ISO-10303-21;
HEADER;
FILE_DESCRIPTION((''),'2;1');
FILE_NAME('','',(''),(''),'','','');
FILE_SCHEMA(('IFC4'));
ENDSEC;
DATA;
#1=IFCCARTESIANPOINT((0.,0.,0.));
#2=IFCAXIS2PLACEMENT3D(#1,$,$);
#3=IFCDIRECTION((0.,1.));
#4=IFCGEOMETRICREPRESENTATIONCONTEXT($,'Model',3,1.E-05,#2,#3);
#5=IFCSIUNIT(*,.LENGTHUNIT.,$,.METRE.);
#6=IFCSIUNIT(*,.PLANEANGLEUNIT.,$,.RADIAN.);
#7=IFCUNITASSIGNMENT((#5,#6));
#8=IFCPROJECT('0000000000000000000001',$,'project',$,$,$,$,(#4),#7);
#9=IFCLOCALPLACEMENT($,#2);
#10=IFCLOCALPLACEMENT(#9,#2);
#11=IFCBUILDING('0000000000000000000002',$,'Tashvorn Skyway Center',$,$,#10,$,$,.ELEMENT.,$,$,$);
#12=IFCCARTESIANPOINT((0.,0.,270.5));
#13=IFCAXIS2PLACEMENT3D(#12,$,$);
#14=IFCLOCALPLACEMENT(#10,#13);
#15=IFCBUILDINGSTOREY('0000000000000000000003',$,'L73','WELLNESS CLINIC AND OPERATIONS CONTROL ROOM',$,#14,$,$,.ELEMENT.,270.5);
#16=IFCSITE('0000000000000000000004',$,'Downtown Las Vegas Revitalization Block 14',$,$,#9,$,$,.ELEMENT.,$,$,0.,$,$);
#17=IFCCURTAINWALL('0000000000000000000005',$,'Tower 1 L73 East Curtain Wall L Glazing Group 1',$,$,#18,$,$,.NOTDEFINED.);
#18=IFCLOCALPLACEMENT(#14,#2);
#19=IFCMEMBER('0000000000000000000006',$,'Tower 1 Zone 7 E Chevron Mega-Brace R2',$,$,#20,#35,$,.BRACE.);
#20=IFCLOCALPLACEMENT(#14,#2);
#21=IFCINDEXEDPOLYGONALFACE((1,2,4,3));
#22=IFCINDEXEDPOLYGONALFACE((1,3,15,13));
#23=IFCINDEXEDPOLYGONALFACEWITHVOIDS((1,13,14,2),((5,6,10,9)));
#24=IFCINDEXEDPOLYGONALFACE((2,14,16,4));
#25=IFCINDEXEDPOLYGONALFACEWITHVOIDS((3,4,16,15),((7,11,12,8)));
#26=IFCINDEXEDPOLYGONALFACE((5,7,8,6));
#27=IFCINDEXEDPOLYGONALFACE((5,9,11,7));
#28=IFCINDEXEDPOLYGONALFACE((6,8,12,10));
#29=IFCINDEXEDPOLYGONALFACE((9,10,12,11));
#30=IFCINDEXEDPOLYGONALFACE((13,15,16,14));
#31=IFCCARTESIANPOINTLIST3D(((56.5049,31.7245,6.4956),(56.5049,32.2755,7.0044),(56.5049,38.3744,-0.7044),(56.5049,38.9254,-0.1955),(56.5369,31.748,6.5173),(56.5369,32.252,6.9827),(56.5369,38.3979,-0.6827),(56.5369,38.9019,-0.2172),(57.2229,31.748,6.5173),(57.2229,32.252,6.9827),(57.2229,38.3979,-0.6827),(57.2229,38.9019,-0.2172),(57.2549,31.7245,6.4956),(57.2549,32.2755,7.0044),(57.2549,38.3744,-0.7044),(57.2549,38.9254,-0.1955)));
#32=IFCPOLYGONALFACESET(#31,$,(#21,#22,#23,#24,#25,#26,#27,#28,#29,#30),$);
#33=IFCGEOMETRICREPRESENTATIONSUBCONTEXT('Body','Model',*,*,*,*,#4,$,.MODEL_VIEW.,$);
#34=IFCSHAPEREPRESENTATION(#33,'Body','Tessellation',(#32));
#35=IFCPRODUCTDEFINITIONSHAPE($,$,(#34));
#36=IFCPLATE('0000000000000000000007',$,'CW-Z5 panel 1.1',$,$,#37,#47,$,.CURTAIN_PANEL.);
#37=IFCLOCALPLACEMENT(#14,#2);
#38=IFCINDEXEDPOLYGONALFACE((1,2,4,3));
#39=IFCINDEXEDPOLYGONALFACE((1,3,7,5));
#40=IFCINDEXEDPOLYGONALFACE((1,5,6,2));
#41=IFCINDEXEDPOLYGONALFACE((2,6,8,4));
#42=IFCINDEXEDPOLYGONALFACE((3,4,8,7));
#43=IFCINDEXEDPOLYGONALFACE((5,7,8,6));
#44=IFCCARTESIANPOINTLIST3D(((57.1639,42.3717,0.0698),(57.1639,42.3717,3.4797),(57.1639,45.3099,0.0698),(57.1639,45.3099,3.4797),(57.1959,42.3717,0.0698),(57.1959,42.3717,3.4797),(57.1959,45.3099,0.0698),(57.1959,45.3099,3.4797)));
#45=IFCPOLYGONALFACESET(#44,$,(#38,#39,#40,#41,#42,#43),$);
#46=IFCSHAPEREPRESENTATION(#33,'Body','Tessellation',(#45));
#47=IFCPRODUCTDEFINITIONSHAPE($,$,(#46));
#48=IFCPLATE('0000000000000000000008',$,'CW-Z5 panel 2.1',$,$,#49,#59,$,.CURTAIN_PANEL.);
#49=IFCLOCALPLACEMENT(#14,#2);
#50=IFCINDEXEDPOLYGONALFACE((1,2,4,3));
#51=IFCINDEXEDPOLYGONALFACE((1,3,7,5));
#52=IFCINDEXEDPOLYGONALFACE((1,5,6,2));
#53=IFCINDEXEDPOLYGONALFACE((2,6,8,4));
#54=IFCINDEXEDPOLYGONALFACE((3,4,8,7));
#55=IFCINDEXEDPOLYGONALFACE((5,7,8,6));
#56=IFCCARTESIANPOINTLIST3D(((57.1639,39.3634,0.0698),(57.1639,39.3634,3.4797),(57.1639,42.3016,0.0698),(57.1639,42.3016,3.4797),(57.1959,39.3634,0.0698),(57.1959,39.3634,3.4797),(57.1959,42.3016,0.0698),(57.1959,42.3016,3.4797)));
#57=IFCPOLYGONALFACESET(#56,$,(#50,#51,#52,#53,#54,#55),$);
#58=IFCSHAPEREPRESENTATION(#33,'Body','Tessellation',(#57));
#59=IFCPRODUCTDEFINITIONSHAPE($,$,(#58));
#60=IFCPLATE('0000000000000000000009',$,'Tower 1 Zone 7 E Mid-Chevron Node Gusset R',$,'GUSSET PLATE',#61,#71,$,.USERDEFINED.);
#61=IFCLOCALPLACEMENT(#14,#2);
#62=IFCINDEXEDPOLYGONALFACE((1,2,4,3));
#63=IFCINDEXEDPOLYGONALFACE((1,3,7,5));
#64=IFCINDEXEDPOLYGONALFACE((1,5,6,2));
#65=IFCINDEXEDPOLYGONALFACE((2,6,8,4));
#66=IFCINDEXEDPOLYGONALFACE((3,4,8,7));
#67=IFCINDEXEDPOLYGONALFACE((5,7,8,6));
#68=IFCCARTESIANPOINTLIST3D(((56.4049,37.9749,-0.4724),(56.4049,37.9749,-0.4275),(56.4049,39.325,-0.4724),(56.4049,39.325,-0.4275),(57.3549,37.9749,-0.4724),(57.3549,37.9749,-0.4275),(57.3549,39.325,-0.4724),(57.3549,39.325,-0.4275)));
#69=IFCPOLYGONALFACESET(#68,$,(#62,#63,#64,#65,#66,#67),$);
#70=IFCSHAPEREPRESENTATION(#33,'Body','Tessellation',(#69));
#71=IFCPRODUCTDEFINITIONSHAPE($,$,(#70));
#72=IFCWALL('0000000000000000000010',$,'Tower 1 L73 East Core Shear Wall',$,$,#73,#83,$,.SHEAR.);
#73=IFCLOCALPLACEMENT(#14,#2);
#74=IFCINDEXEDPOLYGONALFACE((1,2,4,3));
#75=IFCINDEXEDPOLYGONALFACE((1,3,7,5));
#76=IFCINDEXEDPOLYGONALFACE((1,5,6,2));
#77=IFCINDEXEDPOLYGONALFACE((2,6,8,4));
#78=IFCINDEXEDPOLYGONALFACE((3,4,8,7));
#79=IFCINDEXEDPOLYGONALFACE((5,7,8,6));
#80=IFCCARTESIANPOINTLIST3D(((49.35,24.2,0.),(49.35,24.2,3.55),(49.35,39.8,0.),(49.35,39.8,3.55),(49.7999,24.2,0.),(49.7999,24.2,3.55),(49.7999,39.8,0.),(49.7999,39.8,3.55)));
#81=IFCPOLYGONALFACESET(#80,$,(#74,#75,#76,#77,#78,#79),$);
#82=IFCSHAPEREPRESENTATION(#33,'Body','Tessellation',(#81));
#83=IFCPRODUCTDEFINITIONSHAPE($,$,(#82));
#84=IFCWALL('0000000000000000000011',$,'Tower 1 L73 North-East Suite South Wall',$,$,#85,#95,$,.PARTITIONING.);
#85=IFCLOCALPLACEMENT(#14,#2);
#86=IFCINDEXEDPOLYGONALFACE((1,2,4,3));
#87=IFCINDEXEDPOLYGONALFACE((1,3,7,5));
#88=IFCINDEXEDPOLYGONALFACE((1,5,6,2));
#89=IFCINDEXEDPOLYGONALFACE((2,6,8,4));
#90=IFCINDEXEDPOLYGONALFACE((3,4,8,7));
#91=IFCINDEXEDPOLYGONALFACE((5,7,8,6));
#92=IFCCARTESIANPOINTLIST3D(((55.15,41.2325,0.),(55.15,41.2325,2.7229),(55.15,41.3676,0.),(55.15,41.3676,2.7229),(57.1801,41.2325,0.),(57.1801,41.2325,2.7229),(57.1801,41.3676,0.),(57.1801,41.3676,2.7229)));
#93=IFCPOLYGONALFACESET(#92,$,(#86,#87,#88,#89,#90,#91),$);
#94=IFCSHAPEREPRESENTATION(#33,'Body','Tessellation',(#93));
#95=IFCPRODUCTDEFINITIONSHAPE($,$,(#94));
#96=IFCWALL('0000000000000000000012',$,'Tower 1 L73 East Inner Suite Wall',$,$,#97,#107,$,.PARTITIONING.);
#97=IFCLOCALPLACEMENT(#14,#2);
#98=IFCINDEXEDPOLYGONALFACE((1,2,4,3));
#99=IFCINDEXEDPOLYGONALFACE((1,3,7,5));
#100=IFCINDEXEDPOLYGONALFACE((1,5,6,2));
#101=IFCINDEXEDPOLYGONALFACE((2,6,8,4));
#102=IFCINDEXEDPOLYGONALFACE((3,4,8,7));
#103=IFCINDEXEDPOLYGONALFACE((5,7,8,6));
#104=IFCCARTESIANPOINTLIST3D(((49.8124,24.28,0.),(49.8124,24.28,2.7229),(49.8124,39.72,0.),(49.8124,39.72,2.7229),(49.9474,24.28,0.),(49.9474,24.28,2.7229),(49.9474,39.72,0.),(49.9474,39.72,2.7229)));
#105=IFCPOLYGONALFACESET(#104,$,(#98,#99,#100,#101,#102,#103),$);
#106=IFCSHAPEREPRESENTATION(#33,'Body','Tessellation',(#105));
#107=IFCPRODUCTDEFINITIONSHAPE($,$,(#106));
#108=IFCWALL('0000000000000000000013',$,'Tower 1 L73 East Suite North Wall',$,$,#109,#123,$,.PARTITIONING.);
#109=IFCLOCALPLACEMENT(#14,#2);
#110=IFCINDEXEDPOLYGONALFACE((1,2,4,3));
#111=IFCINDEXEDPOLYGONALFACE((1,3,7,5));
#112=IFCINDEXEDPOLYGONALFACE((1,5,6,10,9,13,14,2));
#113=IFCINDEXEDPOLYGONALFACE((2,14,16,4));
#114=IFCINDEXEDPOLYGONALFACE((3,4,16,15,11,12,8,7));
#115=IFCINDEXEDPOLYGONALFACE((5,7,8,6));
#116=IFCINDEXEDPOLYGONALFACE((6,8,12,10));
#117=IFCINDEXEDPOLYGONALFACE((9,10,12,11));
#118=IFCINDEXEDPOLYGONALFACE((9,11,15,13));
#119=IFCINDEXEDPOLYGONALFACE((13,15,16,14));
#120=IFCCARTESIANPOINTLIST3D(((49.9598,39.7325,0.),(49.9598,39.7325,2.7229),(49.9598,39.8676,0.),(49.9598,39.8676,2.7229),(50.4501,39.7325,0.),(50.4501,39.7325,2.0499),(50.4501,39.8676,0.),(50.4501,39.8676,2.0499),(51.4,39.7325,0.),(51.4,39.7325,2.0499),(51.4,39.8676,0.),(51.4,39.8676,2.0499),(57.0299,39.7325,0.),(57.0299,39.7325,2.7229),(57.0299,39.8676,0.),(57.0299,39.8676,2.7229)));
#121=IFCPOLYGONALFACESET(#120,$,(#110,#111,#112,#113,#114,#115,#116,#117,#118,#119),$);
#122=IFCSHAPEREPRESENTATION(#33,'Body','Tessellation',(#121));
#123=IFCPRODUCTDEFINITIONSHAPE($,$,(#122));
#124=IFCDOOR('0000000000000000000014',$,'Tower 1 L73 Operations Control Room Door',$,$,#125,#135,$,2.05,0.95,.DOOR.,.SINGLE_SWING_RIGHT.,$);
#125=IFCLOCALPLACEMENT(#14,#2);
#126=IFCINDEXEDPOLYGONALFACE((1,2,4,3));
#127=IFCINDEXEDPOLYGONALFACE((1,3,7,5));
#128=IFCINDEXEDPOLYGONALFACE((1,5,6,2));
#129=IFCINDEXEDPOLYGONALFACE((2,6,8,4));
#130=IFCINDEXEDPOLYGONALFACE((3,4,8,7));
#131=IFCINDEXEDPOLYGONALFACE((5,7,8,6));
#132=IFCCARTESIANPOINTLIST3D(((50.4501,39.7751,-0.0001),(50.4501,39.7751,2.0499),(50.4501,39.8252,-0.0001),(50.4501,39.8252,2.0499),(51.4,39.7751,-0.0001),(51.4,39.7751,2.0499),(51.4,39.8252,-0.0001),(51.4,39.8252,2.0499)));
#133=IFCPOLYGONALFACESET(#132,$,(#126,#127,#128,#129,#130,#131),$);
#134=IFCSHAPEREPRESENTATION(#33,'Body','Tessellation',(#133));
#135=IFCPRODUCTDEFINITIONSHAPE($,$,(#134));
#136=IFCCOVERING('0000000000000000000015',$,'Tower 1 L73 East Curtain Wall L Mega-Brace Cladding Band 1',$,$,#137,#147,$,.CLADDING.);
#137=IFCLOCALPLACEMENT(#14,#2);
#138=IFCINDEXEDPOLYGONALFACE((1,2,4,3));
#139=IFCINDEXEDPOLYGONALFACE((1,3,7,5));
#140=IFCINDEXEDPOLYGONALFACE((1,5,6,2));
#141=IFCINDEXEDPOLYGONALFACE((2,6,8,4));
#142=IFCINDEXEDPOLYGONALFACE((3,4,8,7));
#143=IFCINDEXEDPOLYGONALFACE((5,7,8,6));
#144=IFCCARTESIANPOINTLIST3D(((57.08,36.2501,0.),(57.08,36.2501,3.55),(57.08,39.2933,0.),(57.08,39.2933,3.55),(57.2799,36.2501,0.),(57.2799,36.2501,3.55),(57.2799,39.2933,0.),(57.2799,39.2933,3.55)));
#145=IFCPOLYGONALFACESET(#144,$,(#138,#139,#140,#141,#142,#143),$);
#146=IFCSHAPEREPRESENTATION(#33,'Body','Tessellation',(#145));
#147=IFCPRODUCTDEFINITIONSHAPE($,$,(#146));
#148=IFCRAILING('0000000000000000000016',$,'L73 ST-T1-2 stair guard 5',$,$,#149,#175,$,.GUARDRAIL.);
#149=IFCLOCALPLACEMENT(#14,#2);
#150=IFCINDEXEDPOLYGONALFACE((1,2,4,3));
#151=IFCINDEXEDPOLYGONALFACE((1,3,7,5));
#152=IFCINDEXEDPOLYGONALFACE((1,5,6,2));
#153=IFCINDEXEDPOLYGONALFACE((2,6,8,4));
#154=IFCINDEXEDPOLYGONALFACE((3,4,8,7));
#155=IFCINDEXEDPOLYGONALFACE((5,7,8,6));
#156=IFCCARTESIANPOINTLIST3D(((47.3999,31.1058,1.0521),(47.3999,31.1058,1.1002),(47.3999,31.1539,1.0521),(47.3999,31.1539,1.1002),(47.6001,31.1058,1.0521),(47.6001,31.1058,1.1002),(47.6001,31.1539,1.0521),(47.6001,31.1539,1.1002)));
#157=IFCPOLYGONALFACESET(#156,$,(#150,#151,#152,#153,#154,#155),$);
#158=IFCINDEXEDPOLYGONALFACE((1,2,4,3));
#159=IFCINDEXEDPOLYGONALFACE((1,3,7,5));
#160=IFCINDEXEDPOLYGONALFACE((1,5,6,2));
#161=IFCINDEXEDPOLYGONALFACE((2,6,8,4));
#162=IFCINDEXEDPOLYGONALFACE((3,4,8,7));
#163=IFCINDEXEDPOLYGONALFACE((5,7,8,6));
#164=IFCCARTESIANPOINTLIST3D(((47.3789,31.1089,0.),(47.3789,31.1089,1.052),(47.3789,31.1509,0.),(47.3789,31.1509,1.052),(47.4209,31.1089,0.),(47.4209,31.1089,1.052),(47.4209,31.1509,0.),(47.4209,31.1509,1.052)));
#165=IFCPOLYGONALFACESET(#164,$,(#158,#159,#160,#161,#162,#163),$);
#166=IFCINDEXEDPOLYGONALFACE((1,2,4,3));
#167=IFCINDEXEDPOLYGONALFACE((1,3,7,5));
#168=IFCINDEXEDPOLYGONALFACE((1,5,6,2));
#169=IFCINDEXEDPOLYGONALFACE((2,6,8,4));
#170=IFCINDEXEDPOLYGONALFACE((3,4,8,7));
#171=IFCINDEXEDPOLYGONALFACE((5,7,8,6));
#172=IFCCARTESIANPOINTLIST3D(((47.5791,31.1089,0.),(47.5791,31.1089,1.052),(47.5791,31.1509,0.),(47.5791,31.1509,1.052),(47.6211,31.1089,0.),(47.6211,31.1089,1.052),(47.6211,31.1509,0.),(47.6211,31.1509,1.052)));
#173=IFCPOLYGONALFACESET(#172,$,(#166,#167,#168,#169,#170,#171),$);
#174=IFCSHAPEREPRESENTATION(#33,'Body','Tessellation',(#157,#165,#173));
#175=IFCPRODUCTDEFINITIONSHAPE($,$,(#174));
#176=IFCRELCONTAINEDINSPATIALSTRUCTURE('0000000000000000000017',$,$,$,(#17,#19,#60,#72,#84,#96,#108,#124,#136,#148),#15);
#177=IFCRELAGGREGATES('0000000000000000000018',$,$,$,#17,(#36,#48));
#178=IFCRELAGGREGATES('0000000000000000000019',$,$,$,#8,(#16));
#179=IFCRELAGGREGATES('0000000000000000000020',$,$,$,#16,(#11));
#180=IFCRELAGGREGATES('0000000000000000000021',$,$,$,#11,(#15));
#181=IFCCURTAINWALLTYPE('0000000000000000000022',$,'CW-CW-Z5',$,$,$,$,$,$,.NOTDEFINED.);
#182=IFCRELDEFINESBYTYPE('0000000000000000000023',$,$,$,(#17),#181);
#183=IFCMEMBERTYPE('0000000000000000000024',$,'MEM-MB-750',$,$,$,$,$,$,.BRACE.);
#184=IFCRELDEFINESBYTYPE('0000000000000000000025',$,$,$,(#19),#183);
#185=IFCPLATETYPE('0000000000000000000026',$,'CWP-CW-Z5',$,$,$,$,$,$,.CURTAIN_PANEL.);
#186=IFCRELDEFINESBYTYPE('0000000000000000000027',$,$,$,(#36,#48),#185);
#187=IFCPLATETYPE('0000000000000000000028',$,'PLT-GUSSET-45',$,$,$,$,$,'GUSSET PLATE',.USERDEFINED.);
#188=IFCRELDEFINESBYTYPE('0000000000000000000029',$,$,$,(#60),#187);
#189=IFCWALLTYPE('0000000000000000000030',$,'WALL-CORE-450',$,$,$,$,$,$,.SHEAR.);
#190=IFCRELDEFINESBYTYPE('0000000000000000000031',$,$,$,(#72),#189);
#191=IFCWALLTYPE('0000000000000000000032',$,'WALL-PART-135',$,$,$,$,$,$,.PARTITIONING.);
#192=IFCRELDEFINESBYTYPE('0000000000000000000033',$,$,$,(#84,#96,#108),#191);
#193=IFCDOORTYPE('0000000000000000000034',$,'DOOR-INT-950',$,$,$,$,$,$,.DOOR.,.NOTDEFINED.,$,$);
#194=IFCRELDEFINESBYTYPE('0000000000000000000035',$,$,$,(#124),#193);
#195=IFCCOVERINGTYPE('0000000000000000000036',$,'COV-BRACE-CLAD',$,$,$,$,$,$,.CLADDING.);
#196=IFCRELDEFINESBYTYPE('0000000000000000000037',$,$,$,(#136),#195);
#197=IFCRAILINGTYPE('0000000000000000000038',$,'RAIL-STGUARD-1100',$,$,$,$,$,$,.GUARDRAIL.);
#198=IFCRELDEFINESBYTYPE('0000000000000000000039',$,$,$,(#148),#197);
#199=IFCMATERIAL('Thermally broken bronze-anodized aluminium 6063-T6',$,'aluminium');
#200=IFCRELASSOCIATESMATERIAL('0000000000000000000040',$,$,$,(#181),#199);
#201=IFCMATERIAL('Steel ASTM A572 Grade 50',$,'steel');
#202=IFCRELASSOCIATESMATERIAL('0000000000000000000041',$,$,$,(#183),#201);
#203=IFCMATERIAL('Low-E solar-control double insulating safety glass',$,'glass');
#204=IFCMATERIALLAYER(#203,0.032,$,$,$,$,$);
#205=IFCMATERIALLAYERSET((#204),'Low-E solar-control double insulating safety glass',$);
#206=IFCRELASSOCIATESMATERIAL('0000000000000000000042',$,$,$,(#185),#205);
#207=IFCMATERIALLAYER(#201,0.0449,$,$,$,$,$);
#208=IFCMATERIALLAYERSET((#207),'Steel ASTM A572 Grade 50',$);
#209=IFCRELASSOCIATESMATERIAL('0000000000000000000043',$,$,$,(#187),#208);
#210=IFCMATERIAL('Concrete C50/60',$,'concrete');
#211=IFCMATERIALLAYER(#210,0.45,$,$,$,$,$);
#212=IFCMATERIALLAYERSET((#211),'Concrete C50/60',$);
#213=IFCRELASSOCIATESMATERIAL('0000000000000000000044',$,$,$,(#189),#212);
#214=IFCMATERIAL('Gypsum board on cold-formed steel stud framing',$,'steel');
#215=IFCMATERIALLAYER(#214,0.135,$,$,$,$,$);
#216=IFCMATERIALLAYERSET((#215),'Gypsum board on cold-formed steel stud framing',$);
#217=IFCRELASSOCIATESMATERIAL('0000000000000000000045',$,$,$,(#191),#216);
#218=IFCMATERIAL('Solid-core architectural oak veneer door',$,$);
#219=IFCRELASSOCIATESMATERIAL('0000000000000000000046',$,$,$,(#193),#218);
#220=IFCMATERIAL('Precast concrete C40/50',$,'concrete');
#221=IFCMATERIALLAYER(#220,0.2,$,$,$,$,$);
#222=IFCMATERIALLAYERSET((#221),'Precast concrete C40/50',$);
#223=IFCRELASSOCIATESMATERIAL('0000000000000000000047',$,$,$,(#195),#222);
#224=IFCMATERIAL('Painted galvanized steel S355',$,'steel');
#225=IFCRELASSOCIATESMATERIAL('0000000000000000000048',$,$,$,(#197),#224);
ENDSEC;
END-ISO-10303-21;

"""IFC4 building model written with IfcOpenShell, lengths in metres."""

from ifc_helpers import new_model, si_unit, direction, frame, frame_2d, origin, origin_2d, place, context, subcontext, project, spatial, rectangle, hollow_rectangle, extrude, material, layer, layer_set, material_profile, profile_set, type_object, element, fill, aggregate, save


model = new_model("IFC4")

# Units and contexts
model_context = context("Model", 3, precision=1e-05, world=origin(), true_north=direction((0.0, 1.0)))
body_context = subcontext(model_context, "Body", "Model", "MODEL_VIEW")
ifc_project = project(units=[si_unit("LENGTHUNIT", "METRE"), si_unit("PLANEANGLEUNIT", "RADIAN")], contexts=[model_context])

# Site, building, storey
site_placement = place(None, origin())
site = spatial("IfcSite", under=ifc_project, at=site_placement, Name="Downtown Las Vegas Revitalization Block 14", CompositionType="ELEMENT", RefElevation=0.0)
building_placement = place(site_placement, origin())
building = spatial("IfcBuilding", under=site, at=building_placement, Name="Tashvorn Skyway Center", CompositionType="ELEMENT")
storey_placement = place(building_placement, frame((0.0, 0.0, 270.5)))
storey = spatial("IfcBuildingStorey", under=building, at=storey_placement, Name="L73", Description="WELLNESS CLINIC AND OPERATIONS CONTROL ROOM", CompositionType="ELEMENT", Elevation=270.5)

# Shared definitions
ifc_material_1 = material(Name="Steel ASTM A572 Grade 50", Category="steel")

# Curtain wall
ifc_material_2 = material(Name="Thermally broken bronze-anodized aluminium 6063-T6", Category="aluminium")
curtain_wall_type = type_object("IfcCurtainWallType", Name="CW-CW-Z5", PredefinedType="NOTDEFINED", material=ifc_material_2)
curtain_wall_placement = place(storey_placement, origin())
curtain_wall = element("IfcCurtainWall", 1, at=curtain_wall_placement, inside=storey, type_object=curtain_wall_type, Name="Tower 1 L73 East Curtain Wall L Glazing Group 1", PredefinedType="NOTDEFINED")

# Member
ifc_material_profile_1 = material_profile(ifc_material_1, hollow_rectangle(XDim=0.75, YDim=0.75, WallThickness=0.032, at=origin_2d()), Name="BOX750x750x32")
ifc_profile_set_1 = profile_set([ifc_material_profile_1], Name="Steel ASTM A572 Grade 50")
member_type_1 = type_object("IfcMemberType", Name="MEM-MB-750", PredefinedType="BRACE", material=ifc_profile_set_1)
member_1_placement = place(storey_placement, frame((56.8799, 38.6499, -0.45), z_axis=(0.0, -0.678489, 0.734611), x_axis=(1.0, 0.0, 0.0)))
element("IfcMember", 2, at=member_1_placement, inside=storey, type_object=member_type_1, Name="Tower 1 Zone 7 E Chevron Mega-Brace R2", PredefinedType="BRACE", context=body_context, shape_type="SweptSolid", body=[
    extrude(hollow_rectangle(XDim=0.75, YDim=0.75, WallThickness=0.032, at=origin_2d()), origin(), (0.0, 0.0, 1.0), 9.801),
])

# Plates
ifc_material_3 = material(Name="Low-E solar-control double insulating safety glass", Category="glass")
ifc_layer_1 = layer(ifc_material_3, 0.032)
ifc_layer_set_1 = layer_set([ifc_layer_1], Name="Low-E solar-control double insulating safety glass")
plate_type_1 = type_object("IfcPlateType", Name="CWP-CW-Z5", PredefinedType="CURTAIN_PANEL", material=ifc_layer_set_1)
plate_1_placement = place(storey_placement, frame((57.1799, 43.8408, 0.0698), z_axis=(0.0, 0.0, 1.0), x_axis=(0.0, -1.0, 0.0)))
plate_1 = element("IfcPlate", 3, at=plate_1_placement, type_object=plate_type_1, Name="CW-Z5 panel 1.1", PredefinedType="CURTAIN_PANEL", context=body_context, shape_type="SweptSolid", body=[
    extrude(rectangle(XDim=2.9382, YDim=0.032, at=origin_2d()), origin(), (0.0, 0.0, 1.0), 3.4099),
])
plate_2_placement = place(storey_placement, frame((57.1799, 40.8325, 0.0698), z_axis=(0.0, 0.0, 1.0), x_axis=(0.0, -1.0, 0.0)))
plate_2 = element("IfcPlate", 4, at=plate_2_placement, type_object=plate_type_1, Name="CW-Z5 panel 2.1", PredefinedType="CURTAIN_PANEL", context=body_context, shape_type="SweptSolid", body=[
    extrude(rectangle(XDim=2.9382, YDim=0.032, at=origin_2d()), origin(), (0.0, 0.0, 1.0), 3.4099),
])
aggregate(curtain_wall, [plate_1, plate_2])
ifc_layer_2 = layer(ifc_material_1, 0.0449)
ifc_layer_set_2 = layer_set([ifc_layer_2], Name="Steel ASTM A572 Grade 50")
plate_type_2 = type_object("IfcPlateType", Name="PLT-GUSSET-45", ElementType="GUSSET PLATE", PredefinedType="USERDEFINED", material=ifc_layer_set_2)
plate_3_placement = place(storey_placement, frame((56.8799, 38.6499, -0.4724), z_axis=(0.0, 0.0, 1.0), x_axis=(0.0, 1.0, 0.0)))
element("IfcPlate", 5, at=plate_3_placement, inside=storey, type_object=plate_type_2, Name="Tower 1 Zone 7 E Mid-Chevron Node Gusset R", ObjectType="GUSSET PLATE", PredefinedType="USERDEFINED", context=body_context, shape_type="SweptSolid", body=[
    extrude(rectangle(XDim=1.3501, YDim=0.95, at=origin_2d()), origin(), (0.0, 0.0, 1.0), 0.0449),
])

# Walls
ifc_material_4 = material(Name="Concrete C50/60", Category="concrete")
ifc_layer_3 = layer(ifc_material_4, 0.45)
ifc_layer_set_3 = layer_set([ifc_layer_3], Name="Concrete C50/60")
wall_type_1 = type_object("IfcWallType", Name="WALL-CORE-450", PredefinedType="SHEAR", material=ifc_layer_set_3)
wall_1_placement = place(storey_placement, frame((49.575, 39.8, 0.0), z_axis=(0.0, 0.0, 1.0), x_axis=(0.0, -1.0, 0.0)))
element("IfcWall", 6, at=wall_1_placement, inside=storey, type_object=wall_type_1, Name="Tower 1 L73 East Core Shear Wall", PredefinedType="SHEAR", context=body_context, shape_type="SweptSolid", body=[
    extrude(rectangle(XDim=15.6001, YDim=0.45, at=frame_2d((7.8, 0.0))), origin(), (0.0, 0.0, 1.0), 3.55),
])
ifc_material_5 = material(Name="Gypsum board on cold-formed steel stud framing", Category="steel")
ifc_layer_4 = layer(ifc_material_5, 0.135)
ifc_layer_set_4 = layer_set([ifc_layer_4], Name="Gypsum board on cold-formed steel stud framing")
wall_type_2 = type_object("IfcWallType", Name="WALL-PART-135", PredefinedType="PARTITIONING", material=ifc_layer_set_4)
wall_2_placement = place(storey_placement, frame((55.1499, 41.3, 0.0), z_axis=(0.0, 0.0, 1.0), x_axis=(1.0, 0.0, 0.0)))
element("IfcWall", 7, at=wall_2_placement, inside=storey, type_object=wall_type_2, Name="Tower 1 L73 North-East Suite South Wall", PredefinedType="PARTITIONING", context=body_context, shape_type="SweptSolid", body=[
    extrude(rectangle(XDim=2.03, YDim=0.135, at=frame_2d((1.0151, 0.0))), origin(), (0.0, 0.0, 1.0), 2.7229),
])
wall_3_placement = place(storey_placement, frame((49.8799, 39.72, 0.0), z_axis=(0.0, 0.0, 1.0), x_axis=(0.0, -1.0, 0.0)))
element("IfcWall", 8, at=wall_3_placement, inside=storey, type_object=wall_type_2, Name="Tower 1 L73 East Inner Suite Wall", PredefinedType="PARTITIONING", context=body_context, shape_type="SweptSolid", body=[
    extrude(rectangle(XDim=15.4399, YDim=0.135, at=frame_2d((7.72, 0.0))), origin(), (0.0, 0.0, 1.0), 2.7229),
])

# Wall, opening, door
wall_4_placement = place(storey_placement, frame((57.03, 39.8, 0.0), z_axis=(0.0, 0.0, 1.0), x_axis=(-1.0, 0.0, 0.0)))
wall_4 = element("IfcWall", 9, at=wall_4_placement, inside=storey, type_object=wall_type_2, Name="Tower 1 L73 East Suite North Wall", PredefinedType="PARTITIONING", context=body_context, shape_type="SweptSolid", body=[
    extrude(rectangle(XDim=7.0701, YDim=0.135, at=frame_2d((3.5352, 0.0))), origin(), (0.0, 0.0, 1.0), 2.7229),
])
opening_placement = place(wall_4_placement, frame((5.6299, 0.0, 0.0)))
opening = element("IfcOpeningElement", 10, at=opening_placement, cuts=wall_4, PredefinedType="OPENING", context=body_context, shape_type="SweptSolid", body=[
    extrude(rectangle(XDim=0.95, YDim=2.05, at=frame_2d((0.4751, 1.0249))), frame((0.0, 0.0774, 0.0), z_axis=(0.0, -1.0, 0.0), x_axis=(1.0, 0.0, 0.0)), (0.0, 0.0, 1.0), 0.155),
])
ifc_material_6 = material(Name="Solid-core architectural oak veneer door")
door_type = type_object("IfcDoorType", Name="DOOR-INT-950", OperationType="NOTDEFINED", PredefinedType="DOOR", material=ifc_material_6)
door_placement = place(opening_placement, origin())
door = element("IfcDoor", 11, at=door_placement, inside=storey, type_object=door_type, Name="Tower 1 L73 Operations Control Room Door", OperationType="SINGLE_SWING_RIGHT", OverallHeight=2.05, OverallWidth=0.95, PredefinedType="DOOR", context=body_context, shape_type="SweptSolid", body=[
    extrude(rectangle(XDim=0.95, YDim=2.05, at=frame_2d((0.4751, 1.0249))), frame((0.0, 0.0249, 0.0), z_axis=(0.0, -1.0, 0.0), x_axis=(1.0, 0.0, 0.0)), (0.0, 0.0, 1.0), 0.05),
])
fill(opening, door)

# Covering
ifc_material_7 = material(Name="Precast concrete C40/50", Category="concrete")
ifc_layer_5 = layer(ifc_material_7, 0.2)
ifc_layer_set_5 = layer_set([ifc_layer_5], Name="Precast concrete C40/50")
covering_type = type_object("IfcCoveringType", Name="COV-BRACE-CLAD", PredefinedType="CLADDING", material=ifc_layer_set_5)
covering_placement = place(storey_placement, frame((57.1799, 37.7717, 0.0), z_axis=(0.0, 0.0, 1.0), x_axis=(0.0, -1.0, 0.0)))
element("IfcCovering", 12, at=covering_placement, inside=storey, type_object=covering_type, Name="Tower 1 L73 East Curtain Wall L Mega-Brace Cladding Band 1", PredefinedType="CLADDING", context=body_context, shape_type="SweptSolid", body=[
    extrude(rectangle(XDim=3.0432, YDim=0.2, at=origin_2d()), origin(), (0.0, 0.0, 1.0), 3.55),
])

# Railing
ifc_material_8 = material(Name="Painted galvanized steel S355", Category="steel")
railing_type = type_object("IfcRailingType", Name="RAIL-STGUARD-1100", PredefinedType="GUARDRAIL", material=ifc_material_8)
railing_1_placement = place(storey_placement, frame((47.3999, 31.1299, 0.0)))
element("IfcRailing", 13, at=railing_1_placement, inside=storey, type_object=railing_type, Name="L73 ST-T1-2 stair guard 5", PredefinedType="GUARDRAIL", context=body_context, shape_type="SweptSolid", body=[
    extrude(rectangle(XDim=0.0481, YDim=0.0481, at=origin_2d()), frame((0.0, 0.0, 1.0762), z_axis=(1.0, 0.0, 0.0), x_axis=(0.0, 1.0, 0.0)), (0.0, 0.0, 1.0), 0.2002),
    extrude(rectangle(XDim=0.042, YDim=0.042, at=origin_2d()), origin(), (0.0, 0.0, 1.0), 1.052),
    extrude(rectangle(XDim=0.042, YDim=0.042, at=origin_2d()), frame((0.2002, 0.0, 0.0)), (0.0, 0.0, 1.0), 1.052),
])

save(model, "model.ifc")
